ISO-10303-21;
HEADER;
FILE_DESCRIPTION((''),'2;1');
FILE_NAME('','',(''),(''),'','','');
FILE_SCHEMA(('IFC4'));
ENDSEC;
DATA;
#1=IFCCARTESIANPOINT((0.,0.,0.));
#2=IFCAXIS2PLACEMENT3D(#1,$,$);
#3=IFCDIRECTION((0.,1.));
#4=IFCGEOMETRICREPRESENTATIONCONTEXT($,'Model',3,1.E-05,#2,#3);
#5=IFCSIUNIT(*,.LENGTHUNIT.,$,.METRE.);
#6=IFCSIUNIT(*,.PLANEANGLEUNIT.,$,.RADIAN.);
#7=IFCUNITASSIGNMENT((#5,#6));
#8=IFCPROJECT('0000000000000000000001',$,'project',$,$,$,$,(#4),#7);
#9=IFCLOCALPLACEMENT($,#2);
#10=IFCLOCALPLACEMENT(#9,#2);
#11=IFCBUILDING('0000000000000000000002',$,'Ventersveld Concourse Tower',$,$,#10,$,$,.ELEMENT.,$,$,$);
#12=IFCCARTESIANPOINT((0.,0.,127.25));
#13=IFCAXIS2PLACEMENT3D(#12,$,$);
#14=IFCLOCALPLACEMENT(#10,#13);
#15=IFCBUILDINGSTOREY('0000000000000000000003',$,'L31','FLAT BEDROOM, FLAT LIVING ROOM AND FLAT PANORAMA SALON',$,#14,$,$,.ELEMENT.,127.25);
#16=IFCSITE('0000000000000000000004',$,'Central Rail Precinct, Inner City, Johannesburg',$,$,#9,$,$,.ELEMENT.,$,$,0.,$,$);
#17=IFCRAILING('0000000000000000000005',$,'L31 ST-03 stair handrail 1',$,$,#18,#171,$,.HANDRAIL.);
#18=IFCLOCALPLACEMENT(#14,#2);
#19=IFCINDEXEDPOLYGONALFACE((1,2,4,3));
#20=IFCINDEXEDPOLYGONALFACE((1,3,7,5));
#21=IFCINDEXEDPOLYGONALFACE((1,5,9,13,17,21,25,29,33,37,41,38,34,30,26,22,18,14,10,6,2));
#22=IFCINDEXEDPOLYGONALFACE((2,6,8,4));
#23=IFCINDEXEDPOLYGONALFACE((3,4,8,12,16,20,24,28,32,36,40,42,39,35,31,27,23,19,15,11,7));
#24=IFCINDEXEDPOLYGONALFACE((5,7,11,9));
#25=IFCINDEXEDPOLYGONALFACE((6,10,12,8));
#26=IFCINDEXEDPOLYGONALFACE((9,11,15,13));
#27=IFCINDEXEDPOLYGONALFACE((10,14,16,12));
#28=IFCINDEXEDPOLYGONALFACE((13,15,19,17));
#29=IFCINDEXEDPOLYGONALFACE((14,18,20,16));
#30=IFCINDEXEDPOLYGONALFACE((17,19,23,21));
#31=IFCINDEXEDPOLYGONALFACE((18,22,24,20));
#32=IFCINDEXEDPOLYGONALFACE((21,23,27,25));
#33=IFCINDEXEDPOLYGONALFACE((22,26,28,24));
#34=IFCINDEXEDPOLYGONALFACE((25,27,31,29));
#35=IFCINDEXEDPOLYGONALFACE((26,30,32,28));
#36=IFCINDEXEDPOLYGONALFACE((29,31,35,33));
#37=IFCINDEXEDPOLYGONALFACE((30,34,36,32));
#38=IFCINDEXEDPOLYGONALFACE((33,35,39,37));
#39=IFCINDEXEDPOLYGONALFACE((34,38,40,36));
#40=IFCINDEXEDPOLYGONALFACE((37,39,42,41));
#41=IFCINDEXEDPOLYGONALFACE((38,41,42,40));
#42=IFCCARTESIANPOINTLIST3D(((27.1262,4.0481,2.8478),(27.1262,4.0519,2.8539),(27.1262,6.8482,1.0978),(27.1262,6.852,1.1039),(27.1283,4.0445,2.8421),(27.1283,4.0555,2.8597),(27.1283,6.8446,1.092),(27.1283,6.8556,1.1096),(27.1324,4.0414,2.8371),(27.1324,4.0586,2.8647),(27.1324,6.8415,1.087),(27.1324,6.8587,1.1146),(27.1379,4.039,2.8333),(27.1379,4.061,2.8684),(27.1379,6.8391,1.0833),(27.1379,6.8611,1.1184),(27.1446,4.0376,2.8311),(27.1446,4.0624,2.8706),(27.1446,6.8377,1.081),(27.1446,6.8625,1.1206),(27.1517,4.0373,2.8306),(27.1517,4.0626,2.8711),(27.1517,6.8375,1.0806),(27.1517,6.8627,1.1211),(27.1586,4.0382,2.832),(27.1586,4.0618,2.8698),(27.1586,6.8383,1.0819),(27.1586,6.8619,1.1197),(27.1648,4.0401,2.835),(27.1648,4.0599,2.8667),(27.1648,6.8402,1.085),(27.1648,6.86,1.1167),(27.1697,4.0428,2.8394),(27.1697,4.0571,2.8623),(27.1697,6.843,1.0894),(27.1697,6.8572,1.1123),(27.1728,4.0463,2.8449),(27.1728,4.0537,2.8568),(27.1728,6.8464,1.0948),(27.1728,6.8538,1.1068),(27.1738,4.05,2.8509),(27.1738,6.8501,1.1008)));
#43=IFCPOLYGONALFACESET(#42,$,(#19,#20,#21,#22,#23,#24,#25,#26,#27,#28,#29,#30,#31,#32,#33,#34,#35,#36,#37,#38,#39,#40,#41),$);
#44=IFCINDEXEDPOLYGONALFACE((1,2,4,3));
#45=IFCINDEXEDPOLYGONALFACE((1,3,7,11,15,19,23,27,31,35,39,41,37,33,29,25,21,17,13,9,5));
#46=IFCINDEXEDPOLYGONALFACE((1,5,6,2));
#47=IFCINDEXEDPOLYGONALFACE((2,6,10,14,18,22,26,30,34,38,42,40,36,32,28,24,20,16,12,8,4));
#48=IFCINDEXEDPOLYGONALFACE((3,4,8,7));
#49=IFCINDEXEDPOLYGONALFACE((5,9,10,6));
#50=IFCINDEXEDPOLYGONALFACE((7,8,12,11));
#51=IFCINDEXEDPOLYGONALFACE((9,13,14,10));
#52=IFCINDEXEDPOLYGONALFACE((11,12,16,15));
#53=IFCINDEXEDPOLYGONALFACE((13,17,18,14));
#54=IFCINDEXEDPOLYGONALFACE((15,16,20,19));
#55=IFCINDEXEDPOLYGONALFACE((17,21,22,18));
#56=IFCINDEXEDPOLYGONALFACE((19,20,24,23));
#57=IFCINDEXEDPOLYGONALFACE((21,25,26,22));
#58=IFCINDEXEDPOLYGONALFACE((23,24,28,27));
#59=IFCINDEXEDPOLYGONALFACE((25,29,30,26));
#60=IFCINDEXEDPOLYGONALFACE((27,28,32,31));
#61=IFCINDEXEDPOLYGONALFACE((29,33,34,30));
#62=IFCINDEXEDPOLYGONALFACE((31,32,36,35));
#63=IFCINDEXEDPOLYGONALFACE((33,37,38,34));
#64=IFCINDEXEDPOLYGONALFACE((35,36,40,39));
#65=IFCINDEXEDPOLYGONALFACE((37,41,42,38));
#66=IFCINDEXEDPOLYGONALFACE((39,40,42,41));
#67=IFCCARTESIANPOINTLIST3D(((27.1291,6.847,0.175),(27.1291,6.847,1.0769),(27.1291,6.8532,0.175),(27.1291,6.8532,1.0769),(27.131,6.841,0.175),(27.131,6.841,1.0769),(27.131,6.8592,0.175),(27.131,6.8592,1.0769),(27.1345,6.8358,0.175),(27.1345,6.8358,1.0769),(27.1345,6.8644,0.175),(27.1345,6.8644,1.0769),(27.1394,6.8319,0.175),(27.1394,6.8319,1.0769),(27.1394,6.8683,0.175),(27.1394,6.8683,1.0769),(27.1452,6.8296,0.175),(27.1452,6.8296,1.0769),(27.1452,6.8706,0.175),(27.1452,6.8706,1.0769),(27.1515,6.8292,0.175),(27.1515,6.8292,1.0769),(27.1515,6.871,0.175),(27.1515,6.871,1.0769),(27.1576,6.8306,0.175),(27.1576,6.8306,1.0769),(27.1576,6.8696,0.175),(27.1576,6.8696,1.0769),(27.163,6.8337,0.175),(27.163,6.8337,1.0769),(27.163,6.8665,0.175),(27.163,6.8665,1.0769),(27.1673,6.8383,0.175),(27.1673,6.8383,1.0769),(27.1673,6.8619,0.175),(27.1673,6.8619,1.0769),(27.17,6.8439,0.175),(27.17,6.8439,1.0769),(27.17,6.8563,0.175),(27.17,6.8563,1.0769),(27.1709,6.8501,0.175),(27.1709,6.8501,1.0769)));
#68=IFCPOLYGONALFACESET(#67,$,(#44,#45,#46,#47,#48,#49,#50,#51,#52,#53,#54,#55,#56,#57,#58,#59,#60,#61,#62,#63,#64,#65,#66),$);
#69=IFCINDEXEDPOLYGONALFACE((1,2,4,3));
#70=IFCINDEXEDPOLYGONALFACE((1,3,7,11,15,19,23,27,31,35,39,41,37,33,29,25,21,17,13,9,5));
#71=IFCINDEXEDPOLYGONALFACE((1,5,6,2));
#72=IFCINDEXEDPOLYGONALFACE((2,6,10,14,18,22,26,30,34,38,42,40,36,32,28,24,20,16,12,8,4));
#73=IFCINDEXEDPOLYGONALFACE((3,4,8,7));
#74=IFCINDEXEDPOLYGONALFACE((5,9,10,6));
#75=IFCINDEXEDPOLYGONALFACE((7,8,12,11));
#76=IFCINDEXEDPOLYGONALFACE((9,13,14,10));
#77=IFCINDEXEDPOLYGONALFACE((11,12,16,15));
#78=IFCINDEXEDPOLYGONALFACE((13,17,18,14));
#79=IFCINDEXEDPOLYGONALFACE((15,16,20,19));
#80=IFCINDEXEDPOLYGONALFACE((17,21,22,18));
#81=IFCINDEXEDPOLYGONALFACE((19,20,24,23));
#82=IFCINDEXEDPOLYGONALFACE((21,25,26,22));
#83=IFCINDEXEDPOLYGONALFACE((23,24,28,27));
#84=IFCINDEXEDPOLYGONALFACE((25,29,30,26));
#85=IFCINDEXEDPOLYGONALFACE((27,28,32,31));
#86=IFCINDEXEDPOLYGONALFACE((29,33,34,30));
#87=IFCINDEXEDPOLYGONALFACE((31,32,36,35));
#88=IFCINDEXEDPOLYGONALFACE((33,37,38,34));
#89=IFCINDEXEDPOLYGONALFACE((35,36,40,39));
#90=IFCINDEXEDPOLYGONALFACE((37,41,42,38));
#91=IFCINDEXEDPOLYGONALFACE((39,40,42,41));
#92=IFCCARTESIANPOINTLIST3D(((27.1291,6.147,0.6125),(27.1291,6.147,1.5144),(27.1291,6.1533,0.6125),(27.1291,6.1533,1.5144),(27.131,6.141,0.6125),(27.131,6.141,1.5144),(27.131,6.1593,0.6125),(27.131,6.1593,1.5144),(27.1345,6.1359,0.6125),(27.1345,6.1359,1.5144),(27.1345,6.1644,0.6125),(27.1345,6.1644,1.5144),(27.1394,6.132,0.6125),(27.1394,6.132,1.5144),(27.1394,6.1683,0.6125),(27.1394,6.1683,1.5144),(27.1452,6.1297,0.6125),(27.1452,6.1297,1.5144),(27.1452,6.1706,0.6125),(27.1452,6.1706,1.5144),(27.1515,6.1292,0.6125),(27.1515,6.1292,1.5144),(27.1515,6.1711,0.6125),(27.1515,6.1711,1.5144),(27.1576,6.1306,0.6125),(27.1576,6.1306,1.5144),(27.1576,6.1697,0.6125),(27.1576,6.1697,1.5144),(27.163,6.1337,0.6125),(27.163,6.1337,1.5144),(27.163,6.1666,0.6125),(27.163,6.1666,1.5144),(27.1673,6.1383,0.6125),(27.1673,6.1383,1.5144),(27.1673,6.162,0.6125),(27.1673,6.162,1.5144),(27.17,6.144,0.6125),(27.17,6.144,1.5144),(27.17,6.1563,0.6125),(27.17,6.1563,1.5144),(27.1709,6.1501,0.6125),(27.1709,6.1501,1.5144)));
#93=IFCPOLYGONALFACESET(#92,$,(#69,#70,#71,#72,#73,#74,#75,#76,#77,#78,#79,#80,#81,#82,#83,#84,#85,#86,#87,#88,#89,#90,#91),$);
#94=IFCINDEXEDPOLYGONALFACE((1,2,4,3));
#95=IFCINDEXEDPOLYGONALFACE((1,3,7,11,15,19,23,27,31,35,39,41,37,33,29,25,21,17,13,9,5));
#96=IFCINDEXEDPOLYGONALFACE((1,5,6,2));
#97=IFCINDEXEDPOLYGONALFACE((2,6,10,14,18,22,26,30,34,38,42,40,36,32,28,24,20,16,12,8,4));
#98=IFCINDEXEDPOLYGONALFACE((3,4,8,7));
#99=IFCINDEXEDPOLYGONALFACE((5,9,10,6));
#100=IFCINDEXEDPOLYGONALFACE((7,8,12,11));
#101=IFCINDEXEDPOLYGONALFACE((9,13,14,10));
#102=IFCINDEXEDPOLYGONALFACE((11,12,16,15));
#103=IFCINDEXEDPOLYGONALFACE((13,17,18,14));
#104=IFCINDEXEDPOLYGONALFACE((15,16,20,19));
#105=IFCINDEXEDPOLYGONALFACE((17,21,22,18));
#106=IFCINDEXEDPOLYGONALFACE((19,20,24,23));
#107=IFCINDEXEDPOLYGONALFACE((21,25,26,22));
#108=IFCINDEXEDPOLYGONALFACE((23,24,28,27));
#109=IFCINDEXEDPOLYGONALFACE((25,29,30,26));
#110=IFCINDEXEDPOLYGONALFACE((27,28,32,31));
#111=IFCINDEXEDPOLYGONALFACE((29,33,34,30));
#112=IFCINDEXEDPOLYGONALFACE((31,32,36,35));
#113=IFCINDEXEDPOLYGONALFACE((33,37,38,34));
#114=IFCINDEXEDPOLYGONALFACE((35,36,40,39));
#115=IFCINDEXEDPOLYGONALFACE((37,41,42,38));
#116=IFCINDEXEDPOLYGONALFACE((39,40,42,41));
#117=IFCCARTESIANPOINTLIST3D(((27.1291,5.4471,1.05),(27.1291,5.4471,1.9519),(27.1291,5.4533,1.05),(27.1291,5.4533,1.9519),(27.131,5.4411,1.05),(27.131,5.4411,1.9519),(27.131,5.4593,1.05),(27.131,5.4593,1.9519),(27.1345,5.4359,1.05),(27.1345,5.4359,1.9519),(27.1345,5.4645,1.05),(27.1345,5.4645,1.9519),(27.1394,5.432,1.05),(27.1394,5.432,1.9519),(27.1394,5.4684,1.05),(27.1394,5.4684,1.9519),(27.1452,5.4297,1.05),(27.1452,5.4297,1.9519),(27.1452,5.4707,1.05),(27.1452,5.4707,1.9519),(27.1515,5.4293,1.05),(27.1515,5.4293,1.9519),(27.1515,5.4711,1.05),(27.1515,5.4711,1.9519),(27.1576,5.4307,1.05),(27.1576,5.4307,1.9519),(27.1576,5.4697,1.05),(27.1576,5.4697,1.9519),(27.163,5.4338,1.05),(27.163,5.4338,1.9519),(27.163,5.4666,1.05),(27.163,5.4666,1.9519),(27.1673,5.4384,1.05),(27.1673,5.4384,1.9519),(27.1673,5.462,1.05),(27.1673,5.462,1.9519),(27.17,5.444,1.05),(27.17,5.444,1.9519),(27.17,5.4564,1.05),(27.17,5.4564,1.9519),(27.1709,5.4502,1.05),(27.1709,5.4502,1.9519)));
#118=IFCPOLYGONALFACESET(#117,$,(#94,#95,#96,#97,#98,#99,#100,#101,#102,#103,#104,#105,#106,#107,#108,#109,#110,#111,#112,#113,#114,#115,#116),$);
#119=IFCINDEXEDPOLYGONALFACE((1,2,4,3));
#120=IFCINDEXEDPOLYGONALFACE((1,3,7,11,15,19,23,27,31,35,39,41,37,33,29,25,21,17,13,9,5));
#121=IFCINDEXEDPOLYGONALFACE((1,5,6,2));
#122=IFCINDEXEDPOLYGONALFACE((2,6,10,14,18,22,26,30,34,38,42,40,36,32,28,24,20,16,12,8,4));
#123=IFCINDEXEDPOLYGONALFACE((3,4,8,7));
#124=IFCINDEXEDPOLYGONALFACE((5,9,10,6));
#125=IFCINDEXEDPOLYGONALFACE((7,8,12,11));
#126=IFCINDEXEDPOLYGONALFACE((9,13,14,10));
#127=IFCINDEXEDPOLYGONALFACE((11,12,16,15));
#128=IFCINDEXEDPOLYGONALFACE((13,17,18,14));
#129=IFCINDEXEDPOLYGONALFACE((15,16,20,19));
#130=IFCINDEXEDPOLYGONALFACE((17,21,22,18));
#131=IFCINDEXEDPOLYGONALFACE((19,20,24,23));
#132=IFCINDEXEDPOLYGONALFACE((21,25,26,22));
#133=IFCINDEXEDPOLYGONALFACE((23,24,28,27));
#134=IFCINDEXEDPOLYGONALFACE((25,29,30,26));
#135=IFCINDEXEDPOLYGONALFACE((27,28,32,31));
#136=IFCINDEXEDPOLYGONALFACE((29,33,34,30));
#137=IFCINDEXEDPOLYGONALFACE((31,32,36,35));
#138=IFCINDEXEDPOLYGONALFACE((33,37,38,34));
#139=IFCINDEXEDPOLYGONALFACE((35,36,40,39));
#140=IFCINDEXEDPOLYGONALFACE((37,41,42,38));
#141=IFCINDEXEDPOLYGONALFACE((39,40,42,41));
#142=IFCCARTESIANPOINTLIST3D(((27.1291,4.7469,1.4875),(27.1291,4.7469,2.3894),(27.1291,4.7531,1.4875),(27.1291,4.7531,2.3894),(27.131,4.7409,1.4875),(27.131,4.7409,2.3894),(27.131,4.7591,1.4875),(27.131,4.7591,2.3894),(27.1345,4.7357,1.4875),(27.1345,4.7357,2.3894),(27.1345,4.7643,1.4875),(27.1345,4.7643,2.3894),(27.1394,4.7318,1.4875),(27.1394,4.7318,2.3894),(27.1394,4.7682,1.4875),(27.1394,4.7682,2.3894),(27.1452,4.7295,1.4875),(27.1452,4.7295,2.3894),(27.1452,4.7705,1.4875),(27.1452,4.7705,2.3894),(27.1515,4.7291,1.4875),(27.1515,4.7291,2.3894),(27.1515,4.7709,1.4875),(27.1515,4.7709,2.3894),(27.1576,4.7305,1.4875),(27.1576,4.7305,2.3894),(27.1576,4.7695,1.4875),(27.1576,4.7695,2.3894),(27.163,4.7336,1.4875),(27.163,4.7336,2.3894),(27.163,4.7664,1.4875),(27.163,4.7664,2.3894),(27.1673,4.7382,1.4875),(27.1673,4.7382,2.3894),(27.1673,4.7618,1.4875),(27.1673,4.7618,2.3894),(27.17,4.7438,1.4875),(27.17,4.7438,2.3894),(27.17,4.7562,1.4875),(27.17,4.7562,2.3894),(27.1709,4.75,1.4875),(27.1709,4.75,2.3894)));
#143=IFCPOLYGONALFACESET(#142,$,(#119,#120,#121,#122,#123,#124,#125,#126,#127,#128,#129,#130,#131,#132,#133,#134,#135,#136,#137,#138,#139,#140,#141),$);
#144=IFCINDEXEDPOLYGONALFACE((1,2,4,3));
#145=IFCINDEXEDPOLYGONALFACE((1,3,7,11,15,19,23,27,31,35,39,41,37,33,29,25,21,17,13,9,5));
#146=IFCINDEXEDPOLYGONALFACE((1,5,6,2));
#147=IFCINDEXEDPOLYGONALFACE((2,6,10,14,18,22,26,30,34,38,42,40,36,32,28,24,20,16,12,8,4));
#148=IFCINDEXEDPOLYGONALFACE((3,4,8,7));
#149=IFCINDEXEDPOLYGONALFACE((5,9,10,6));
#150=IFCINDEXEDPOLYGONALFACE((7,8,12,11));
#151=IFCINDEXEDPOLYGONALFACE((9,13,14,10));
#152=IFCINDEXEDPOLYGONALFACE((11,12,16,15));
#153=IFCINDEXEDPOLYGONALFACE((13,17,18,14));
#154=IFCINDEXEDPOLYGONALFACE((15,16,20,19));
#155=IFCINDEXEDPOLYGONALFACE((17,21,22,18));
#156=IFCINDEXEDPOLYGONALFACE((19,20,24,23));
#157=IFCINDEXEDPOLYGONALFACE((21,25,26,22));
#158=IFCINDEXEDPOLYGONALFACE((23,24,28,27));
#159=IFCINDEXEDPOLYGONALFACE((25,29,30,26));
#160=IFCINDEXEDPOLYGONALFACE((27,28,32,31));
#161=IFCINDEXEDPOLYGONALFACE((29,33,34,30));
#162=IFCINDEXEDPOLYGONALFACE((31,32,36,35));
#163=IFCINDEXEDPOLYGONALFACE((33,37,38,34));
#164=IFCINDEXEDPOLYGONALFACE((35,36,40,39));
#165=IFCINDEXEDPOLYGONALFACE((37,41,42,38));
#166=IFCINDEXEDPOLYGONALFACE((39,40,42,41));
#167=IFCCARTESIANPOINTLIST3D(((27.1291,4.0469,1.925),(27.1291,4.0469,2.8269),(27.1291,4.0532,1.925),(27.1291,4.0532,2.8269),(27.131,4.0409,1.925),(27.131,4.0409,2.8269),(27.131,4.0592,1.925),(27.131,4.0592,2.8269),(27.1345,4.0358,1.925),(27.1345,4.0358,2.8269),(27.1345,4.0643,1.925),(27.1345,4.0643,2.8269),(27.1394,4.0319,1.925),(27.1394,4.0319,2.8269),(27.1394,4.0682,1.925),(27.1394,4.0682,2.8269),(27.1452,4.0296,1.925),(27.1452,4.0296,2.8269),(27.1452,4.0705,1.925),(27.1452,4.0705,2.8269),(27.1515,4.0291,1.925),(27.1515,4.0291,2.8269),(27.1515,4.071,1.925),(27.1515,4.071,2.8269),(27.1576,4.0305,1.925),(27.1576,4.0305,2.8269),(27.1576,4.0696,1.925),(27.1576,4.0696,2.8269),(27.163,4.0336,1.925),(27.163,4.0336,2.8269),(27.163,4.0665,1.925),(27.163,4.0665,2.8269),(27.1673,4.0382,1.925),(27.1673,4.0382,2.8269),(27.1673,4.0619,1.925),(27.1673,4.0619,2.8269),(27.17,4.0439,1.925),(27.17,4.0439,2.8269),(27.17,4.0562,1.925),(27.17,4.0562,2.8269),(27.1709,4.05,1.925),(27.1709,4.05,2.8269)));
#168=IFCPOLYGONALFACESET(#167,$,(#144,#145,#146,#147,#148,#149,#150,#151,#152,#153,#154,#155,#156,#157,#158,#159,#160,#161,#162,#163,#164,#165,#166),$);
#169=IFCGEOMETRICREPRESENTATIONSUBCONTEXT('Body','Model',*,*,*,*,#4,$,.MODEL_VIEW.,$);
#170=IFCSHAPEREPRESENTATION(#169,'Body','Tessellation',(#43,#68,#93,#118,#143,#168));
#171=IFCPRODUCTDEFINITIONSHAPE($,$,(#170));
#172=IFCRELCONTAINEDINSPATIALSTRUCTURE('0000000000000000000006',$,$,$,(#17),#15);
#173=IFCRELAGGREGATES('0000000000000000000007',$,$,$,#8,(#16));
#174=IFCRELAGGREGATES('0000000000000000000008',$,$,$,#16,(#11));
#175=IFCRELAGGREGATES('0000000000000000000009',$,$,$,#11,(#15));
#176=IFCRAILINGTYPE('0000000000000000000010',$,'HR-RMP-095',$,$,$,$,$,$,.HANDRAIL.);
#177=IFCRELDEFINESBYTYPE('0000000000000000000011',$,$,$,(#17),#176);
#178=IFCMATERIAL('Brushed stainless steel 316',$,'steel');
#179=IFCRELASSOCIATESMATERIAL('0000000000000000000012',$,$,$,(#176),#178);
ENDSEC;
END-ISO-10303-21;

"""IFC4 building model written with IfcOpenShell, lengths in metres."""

from ifc_helpers import new_model, si_unit, direction, frame, origin, origin_2d, place, context, subcontext, project, spatial, circle, extrude, material, type_object, element, save


model = new_model("IFC4")

# Units and contexts
model_context = context("Model", 3, precision=1e-05, world=origin(), true_north=direction((0.0, 1.0)))
body_context = subcontext(model_context, "Body", "Model", "MODEL_VIEW")
ifc_project = project(units=[si_unit("LENGTHUNIT", "METRE"), si_unit("PLANEANGLEUNIT", "RADIAN")], contexts=[model_context])

# Site, building, storey
site_placement = place(None, origin())
site = spatial("IfcSite", under=ifc_project, at=site_placement, Name="Central Rail Precinct, Inner City, Johannesburg", CompositionType="ELEMENT", RefElevation=0.0)
building_placement = place(site_placement, origin())
building = spatial("IfcBuilding", under=site, at=building_placement, Name="Ventersveld Concourse Tower", CompositionType="ELEMENT")
storey_placement = place(building_placement, frame((0.0, 0.0, 127.25)))
storey = spatial("IfcBuildingStorey", under=building, at=storey_placement, Name="L31", Description="FLAT BEDROOM, FLAT LIVING ROOM AND FLAT PANORAMA SALON", CompositionType="ELEMENT", Elevation=127.25)

# Shared definitions
ifc_material_1 = material(Name="Brushed stainless steel 316", Category="steel")

# Railing
railing_type_1 = type_object("IfcRailingType", Name="HR-RMP-095", PredefinedType="HANDRAIL", material=ifc_material_1)
railing_1_placement = place(storey_placement, frame((27.1499, 6.8501, 0.175)))
element("IfcRailing", 1, at=railing_1_placement, inside=storey, type_object=railing_type_1, Name="L31 ST-03 stair handrail 1", PredefinedType="HANDRAIL", context=body_context, shape_type="SweptSolid", body=[
    extrude(circle(Radius=0.0239, at=origin_2d()), frame((0.0, 0.0, 0.9258), z_axis=(0.0, -0.848002, 0.529992), x_axis=(1.0, 0.0, 0.0)), (0.0, 0.0, 1.0), 3.302),
    extrude(circle(Radius=0.021, at=origin_2d()), origin(), (0.0, 0.0, 1.0), 0.9019),
    extrude(circle(Radius=0.021, at=origin_2d()), frame((0.0, -0.7, 0.4375)), (0.0, 0.0, 1.0), 0.9019),
    extrude(circle(Radius=0.021, at=origin_2d()), frame((0.0, -1.3999, 0.875)), (0.0, 0.0, 1.0), 0.9019),
    extrude(circle(Radius=0.021, at=origin_2d()), frame((0.0, -2.1001, 1.3125)), (0.0, 0.0, 1.0), 0.9019),
    extrude(circle(Radius=0.021, at=origin_2d()), frame((0.0, -2.8, 1.75)), (0.0, 0.0, 1.0), 0.9019),
])

save(model, "model.ifc")
